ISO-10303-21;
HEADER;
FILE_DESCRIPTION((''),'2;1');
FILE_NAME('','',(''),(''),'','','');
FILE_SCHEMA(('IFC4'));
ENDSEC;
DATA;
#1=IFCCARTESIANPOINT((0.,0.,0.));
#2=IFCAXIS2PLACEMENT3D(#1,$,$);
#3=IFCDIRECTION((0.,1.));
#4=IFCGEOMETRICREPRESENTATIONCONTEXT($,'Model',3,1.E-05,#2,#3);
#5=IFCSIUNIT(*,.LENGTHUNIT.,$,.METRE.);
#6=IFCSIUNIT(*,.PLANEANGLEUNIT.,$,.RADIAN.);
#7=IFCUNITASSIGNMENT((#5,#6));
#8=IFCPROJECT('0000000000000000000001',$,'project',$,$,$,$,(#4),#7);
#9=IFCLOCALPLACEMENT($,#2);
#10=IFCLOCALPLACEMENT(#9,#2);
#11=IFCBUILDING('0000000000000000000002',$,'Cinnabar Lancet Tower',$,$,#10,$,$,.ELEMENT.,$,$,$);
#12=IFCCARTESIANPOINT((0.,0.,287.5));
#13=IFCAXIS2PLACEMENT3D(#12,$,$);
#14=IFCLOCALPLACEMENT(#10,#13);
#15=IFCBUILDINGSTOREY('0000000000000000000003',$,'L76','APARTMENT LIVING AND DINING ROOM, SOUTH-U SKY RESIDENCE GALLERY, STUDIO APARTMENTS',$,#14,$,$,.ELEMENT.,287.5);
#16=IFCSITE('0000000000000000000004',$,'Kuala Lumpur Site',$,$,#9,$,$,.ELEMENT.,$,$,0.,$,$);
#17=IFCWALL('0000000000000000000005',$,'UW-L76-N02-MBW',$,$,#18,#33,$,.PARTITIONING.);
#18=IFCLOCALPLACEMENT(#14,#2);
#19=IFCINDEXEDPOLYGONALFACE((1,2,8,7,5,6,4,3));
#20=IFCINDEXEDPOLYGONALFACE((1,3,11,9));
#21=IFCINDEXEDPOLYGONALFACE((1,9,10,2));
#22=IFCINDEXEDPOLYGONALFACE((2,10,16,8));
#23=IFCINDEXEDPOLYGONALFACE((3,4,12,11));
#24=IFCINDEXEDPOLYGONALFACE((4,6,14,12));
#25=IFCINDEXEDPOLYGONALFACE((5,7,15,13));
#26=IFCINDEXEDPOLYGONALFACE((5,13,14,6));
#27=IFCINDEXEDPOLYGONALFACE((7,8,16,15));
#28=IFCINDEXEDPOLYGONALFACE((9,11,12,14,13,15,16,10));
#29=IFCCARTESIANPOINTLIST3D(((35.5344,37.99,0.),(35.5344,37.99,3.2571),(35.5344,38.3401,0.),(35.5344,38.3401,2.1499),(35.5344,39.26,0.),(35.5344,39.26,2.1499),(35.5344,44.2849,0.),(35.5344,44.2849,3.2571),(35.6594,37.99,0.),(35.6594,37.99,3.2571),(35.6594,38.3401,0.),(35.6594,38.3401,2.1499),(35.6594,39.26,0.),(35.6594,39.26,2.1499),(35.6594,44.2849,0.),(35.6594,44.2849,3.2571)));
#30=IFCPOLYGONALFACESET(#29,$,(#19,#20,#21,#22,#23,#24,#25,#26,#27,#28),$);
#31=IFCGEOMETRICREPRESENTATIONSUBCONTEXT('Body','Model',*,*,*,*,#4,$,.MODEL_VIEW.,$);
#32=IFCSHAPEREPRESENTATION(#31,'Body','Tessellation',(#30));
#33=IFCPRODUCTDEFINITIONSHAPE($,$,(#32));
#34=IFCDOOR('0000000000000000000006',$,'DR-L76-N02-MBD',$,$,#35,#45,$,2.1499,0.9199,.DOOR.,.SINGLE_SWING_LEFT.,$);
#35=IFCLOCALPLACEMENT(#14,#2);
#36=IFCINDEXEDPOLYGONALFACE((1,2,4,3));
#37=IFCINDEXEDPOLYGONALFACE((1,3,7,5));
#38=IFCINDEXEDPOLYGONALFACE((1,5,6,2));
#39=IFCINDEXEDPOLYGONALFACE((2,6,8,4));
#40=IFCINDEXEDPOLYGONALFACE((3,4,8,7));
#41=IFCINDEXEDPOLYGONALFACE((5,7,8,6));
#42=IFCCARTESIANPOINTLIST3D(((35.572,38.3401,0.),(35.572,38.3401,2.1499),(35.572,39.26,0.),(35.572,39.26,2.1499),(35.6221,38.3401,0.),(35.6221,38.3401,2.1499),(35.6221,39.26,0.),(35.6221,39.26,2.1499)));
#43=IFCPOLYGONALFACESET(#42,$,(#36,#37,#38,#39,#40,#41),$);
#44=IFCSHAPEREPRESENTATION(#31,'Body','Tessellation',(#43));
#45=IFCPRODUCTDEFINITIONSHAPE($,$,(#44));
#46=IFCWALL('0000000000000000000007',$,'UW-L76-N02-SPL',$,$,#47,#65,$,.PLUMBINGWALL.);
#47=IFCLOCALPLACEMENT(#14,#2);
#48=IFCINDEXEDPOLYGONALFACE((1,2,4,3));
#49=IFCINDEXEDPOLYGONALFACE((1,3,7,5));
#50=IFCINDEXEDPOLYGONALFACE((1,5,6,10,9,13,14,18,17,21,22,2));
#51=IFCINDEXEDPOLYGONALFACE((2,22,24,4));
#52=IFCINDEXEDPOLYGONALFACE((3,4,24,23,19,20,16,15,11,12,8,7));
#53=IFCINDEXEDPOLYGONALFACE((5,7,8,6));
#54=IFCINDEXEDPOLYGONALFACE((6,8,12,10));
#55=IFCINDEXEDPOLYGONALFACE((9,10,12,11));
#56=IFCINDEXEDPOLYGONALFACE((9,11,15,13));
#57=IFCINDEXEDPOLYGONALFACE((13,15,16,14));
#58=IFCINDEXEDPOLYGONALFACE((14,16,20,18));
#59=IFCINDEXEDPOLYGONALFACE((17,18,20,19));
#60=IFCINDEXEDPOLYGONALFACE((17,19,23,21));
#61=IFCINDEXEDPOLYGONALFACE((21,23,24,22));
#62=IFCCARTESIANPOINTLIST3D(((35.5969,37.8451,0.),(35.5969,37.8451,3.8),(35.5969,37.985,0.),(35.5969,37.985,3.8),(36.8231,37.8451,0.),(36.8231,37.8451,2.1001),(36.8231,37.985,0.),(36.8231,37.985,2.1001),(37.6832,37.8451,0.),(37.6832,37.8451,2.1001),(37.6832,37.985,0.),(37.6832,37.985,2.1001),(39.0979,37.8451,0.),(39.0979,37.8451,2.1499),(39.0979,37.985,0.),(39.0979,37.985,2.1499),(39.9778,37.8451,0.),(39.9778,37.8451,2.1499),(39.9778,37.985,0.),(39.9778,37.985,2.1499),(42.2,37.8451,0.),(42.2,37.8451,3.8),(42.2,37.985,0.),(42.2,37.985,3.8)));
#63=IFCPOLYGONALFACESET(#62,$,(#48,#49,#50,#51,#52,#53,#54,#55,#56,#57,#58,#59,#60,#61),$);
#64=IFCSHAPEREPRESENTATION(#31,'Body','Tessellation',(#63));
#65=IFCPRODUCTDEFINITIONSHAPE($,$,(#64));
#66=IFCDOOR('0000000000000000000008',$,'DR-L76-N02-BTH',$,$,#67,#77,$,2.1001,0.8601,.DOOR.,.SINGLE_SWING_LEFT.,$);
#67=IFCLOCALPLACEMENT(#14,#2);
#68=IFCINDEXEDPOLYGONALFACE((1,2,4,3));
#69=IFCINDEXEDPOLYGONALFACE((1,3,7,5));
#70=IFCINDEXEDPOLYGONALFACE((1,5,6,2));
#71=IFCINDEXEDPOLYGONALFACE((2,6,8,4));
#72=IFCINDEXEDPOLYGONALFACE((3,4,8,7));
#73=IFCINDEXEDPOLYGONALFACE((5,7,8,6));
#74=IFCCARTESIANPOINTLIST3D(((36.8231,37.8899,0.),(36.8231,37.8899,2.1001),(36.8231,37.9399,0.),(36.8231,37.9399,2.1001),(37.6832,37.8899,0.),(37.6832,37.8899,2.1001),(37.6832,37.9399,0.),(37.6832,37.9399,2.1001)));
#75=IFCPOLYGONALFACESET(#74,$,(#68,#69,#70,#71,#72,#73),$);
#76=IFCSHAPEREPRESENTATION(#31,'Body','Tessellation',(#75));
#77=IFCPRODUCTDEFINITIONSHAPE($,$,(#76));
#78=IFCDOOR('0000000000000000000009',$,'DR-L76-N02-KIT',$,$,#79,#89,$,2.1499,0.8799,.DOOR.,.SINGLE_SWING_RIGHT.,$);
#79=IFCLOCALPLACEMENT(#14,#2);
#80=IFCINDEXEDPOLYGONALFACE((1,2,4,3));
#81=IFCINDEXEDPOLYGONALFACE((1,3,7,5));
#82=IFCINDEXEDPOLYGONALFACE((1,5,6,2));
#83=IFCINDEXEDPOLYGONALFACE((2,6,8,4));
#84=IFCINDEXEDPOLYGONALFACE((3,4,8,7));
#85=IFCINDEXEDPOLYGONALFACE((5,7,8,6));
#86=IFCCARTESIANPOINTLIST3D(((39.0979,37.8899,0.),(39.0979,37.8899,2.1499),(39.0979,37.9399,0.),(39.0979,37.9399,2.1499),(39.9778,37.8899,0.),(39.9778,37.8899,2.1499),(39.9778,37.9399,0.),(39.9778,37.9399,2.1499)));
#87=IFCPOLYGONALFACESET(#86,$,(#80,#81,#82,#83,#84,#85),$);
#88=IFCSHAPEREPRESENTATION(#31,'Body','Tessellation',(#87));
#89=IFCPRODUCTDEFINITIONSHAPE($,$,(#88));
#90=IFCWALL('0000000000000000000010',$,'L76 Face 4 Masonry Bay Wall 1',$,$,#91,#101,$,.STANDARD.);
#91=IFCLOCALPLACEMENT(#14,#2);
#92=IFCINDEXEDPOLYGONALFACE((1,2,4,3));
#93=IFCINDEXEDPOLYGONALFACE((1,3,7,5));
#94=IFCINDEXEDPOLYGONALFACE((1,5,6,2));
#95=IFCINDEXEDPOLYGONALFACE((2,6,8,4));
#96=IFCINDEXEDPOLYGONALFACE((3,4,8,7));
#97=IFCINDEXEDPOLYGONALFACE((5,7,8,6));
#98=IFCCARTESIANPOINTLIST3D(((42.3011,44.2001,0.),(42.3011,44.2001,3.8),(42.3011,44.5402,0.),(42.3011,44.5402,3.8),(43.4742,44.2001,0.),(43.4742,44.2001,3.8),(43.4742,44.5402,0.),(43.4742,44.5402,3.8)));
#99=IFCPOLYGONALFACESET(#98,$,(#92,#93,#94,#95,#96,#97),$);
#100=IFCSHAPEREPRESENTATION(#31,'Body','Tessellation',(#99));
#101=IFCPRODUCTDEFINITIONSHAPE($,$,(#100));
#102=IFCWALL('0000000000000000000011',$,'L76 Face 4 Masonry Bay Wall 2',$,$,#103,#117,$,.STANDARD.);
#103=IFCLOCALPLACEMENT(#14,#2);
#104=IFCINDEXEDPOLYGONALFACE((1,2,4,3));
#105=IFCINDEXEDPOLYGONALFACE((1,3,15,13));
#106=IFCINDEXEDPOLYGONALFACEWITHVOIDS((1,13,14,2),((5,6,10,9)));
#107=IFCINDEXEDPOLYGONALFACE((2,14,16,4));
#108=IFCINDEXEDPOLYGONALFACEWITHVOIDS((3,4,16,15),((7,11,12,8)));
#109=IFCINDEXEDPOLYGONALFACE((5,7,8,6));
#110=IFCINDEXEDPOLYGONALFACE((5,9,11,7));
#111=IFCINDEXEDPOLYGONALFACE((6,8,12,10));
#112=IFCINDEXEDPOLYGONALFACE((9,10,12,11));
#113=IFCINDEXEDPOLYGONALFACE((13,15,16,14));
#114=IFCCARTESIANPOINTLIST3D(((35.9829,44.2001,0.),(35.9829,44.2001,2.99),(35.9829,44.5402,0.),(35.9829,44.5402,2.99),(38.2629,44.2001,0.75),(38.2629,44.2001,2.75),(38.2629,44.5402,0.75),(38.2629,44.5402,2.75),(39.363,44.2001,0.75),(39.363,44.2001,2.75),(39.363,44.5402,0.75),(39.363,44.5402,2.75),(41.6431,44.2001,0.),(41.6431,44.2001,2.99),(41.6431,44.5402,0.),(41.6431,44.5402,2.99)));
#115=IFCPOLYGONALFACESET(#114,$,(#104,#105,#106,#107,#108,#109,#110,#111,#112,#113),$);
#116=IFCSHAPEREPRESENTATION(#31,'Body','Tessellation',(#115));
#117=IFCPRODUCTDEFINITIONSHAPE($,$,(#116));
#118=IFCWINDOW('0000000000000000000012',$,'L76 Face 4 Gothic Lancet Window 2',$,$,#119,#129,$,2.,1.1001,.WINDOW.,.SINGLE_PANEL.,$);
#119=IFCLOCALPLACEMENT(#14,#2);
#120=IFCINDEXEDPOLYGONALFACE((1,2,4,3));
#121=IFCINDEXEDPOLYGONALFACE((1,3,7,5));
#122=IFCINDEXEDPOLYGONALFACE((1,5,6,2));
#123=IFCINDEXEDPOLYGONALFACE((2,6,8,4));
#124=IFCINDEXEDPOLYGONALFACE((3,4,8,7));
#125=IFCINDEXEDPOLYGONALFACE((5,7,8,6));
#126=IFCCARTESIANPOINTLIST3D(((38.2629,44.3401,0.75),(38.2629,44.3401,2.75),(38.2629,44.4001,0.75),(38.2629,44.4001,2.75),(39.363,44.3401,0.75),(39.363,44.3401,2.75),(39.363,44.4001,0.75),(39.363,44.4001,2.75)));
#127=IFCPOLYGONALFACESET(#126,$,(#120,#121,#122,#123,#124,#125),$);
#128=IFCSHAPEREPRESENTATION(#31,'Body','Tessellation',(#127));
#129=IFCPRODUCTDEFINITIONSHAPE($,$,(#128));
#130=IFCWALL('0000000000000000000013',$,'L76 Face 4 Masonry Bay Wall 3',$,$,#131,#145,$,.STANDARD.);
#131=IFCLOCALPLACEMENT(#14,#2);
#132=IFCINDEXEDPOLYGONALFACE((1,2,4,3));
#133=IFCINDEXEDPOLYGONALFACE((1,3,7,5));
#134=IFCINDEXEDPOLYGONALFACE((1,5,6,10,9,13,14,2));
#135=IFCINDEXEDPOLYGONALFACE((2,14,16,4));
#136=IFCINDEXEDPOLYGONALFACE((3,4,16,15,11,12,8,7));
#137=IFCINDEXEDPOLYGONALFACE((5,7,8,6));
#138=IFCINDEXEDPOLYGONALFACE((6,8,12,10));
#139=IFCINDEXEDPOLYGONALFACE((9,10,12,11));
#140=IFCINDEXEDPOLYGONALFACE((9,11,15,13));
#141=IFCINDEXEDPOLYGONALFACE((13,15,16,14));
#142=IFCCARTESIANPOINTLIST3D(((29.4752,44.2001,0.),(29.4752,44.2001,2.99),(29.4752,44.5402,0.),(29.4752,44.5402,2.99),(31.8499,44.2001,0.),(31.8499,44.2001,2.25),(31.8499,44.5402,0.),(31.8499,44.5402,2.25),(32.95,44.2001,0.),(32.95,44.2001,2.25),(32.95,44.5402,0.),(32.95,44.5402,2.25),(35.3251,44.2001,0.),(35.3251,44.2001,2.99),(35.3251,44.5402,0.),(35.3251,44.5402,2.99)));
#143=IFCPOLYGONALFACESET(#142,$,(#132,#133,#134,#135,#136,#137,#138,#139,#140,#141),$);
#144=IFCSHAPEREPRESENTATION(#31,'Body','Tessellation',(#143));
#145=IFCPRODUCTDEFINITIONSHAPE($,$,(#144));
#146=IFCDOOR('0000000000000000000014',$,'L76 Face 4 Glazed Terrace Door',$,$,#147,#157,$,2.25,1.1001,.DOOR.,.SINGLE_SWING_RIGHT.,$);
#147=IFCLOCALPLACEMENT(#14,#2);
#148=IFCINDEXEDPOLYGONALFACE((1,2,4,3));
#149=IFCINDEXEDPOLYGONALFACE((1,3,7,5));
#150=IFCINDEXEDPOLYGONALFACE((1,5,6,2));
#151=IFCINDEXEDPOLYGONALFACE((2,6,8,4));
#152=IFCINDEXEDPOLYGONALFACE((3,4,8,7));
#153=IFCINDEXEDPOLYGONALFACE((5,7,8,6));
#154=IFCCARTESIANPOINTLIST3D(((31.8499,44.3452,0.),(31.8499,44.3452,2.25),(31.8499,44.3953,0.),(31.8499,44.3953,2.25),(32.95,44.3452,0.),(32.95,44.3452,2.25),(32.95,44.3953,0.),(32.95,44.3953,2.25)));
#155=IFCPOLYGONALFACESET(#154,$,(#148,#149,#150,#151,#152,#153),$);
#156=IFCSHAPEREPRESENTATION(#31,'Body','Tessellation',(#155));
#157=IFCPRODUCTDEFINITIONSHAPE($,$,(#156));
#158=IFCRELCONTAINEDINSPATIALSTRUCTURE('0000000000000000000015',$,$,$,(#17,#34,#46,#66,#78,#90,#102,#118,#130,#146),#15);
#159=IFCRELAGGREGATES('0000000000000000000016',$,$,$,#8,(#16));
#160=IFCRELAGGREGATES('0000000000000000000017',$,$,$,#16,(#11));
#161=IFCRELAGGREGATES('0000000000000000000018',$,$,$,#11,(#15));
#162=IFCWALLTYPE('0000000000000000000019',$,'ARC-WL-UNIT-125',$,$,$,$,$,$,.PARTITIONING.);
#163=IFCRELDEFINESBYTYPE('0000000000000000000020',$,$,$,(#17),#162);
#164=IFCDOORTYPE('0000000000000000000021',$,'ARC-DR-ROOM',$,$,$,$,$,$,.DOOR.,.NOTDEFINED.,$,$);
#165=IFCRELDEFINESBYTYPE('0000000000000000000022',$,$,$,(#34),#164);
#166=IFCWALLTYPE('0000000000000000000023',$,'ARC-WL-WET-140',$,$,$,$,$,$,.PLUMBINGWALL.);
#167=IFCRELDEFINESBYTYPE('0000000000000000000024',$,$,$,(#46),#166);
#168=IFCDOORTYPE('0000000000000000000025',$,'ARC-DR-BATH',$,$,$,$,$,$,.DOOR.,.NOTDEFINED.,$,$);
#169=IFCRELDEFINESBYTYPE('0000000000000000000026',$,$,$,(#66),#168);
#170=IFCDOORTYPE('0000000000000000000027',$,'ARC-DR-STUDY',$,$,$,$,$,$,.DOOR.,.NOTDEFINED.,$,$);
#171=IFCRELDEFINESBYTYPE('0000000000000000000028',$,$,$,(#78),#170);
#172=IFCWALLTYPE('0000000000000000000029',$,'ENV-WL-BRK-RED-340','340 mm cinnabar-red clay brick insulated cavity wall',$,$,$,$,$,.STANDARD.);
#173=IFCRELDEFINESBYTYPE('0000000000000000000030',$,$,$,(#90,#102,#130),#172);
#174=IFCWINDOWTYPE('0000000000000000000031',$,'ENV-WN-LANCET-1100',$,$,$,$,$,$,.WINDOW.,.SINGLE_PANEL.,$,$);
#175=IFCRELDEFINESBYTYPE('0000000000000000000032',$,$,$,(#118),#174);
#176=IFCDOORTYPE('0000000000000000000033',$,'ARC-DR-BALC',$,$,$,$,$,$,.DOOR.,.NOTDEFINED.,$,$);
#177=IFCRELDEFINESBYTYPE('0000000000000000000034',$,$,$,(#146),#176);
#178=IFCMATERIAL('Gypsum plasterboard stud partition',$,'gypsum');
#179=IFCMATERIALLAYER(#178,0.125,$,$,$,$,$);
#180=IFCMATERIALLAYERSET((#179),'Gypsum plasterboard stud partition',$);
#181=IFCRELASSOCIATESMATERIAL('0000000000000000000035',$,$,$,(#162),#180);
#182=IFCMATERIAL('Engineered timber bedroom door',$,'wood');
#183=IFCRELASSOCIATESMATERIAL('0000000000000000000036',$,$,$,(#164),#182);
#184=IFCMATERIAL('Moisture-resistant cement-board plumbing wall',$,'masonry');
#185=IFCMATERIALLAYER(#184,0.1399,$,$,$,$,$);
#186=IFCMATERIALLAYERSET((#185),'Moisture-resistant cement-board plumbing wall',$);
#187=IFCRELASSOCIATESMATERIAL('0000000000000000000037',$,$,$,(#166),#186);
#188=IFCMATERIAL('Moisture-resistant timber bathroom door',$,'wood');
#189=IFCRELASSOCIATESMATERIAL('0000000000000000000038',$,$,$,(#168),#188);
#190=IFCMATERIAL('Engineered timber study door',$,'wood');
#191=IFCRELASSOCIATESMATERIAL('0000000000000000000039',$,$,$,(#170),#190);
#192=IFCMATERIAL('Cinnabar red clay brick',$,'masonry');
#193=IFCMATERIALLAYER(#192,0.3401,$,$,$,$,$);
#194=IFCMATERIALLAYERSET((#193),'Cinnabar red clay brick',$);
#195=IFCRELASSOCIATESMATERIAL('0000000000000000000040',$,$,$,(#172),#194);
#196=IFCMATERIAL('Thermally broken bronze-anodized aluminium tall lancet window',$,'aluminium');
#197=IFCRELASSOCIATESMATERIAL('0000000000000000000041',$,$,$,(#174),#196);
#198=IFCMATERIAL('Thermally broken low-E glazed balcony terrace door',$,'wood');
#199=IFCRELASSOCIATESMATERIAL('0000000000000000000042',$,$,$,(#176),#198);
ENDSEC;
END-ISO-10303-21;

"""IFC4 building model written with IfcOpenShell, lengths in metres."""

from ifc_helpers import new_model, si_unit, direction, frame, frame_2d, origin, place, context, subcontext, project, spatial, rectangle, extrude, material, layer, layer_set, type_object, element, fill, save


model = new_model("IFC4")

# Units and contexts
model_context = context("Model", 3, precision=1e-05, world=origin(), true_north=direction((0.0, 1.0)))
body_context = subcontext(model_context, "Body", "Model", "MODEL_VIEW")
ifc_project = project(units=[si_unit("LENGTHUNIT", "METRE"), si_unit("PLANEANGLEUNIT", "RADIAN")], contexts=[model_context])

# Site, building, storey
site_placement = place(None, origin())
site = spatial("IfcSite", under=ifc_project, at=site_placement, Name="Kuala Lumpur Site", CompositionType="ELEMENT", RefElevation=0.0)
building_placement = place(site_placement, origin())
building = spatial("IfcBuilding", under=site, at=building_placement, Name="Cinnabar Lancet Tower", CompositionType="ELEMENT")
storey_placement = place(building_placement, frame((0.0, 0.0, 287.5)))
storey = spatial("IfcBuildingStorey", under=building, at=storey_placement, Name="L76", Description="APARTMENT LIVING AND DINING ROOM, SOUTH-U SKY RESIDENCE GALLERY, STUDIO APARTMENTS", CompositionType="ELEMENT", Elevation=287.5)

# Wall, opening, door
ifc_material_1 = material(Name="Gypsum plasterboard stud partition", Category="gypsum")
ifc_layer_1 = layer(ifc_material_1, 0.125)
ifc_layer_set_1 = layer_set([ifc_layer_1], Name="Gypsum plasterboard stud partition")
wall_type_1 = type_object("IfcWallType", Name="ARC-WL-UNIT-125", PredefinedType="PARTITIONING", material=ifc_layer_set_1)
wall_1_placement = place(storey_placement, frame((35.5969, 37.99, 0.0), z_axis=(0.0, 0.0, 1.0), x_axis=(0.0, 1.0, 0.0)))
wall_1 = element("IfcWall", 1, at=wall_1_placement, inside=storey, type_object=wall_type_1, Name="UW-L76-N02-MBW", PredefinedType="PARTITIONING", context=body_context, shape_type="SweptSolid", body=[
    extrude(rectangle(XDim=6.2949, YDim=0.125, at=frame_2d((3.1475, 0.0))), origin(), (0.0, 0.0, 1.0), 3.2571),
])
opening_1_placement = place(wall_1_placement, frame((0.3501, 0.0, 0.0)))
opening_1 = element("IfcOpeningElement", 2, at=opening_1_placement, cuts=wall_1, PredefinedType="OPENING", context=body_context, shape_type="SweptSolid", body=[
    extrude(rectangle(XDim=0.9199, YDim=2.1499, at=frame_2d((0.46, 1.075))), frame((0.0, 0.0725, 0.0), z_axis=(0.0, -1.0, 0.0), x_axis=(1.0, 0.0, 0.0)), (0.0, 0.0, 1.0), 0.145),
])
ifc_material_2 = material(Name="Engineered timber bedroom door", Category="wood")
door_type_1 = type_object("IfcDoorType", Name="ARC-DR-ROOM", OperationType="NOTDEFINED", PredefinedType="DOOR", material=ifc_material_2)
door_1_placement = place(opening_1_placement, origin())
door_1 = element("IfcDoor", 3, at=door_1_placement, inside=storey, type_object=door_type_1, Name="DR-L76-N02-MBD", OperationType="SINGLE_SWING_LEFT", OverallHeight=2.1499, OverallWidth=0.9199, PredefinedType="DOOR", context=body_context, shape_type="SweptSolid", body=[
    extrude(rectangle(XDim=0.9199, YDim=2.1499, at=frame_2d((0.46, 1.075))), frame((0.0, 0.0249, 0.0), z_axis=(0.0, -1.0, 0.0), x_axis=(1.0, 0.0, 0.0)), (0.0, 0.0, 1.0), 0.05),
])
fill(opening_1, door_1)

# Wall, openings, doors
ifc_material_3 = material(Name="Moisture-resistant cement-board plumbing wall", Category="masonry")
ifc_layer_2 = layer(ifc_material_3, 0.1399)
ifc_layer_set_2 = layer_set([ifc_layer_2], Name="Moisture-resistant cement-board plumbing wall")
wall_type_2 = type_object("IfcWallType", Name="ARC-WL-WET-140", PredefinedType="PLUMBINGWALL", material=ifc_layer_set_2)
wall_2_placement = place(storey_placement, frame((35.5969, 37.915, 0.0), z_axis=(0.0, 0.0, 1.0), x_axis=(1.0, 0.0, 0.0)))
wall_2 = element("IfcWall", 4, at=wall_2_placement, inside=storey, type_object=wall_type_2, Name="UW-L76-N02-SPL", PredefinedType="PLUMBINGWALL", context=body_context, shape_type="SweptSolid", body=[
    extrude(rectangle(XDim=6.603, YDim=0.1399, at=frame_2d((3.3015, 0.0))), origin(), (0.0, 0.0, 1.0), 3.8),
])
opening_2_placement = place(wall_2_placement, frame((1.2261, 0.0, 0.0)))
opening_2 = element("IfcOpeningElement", 5, at=opening_2_placement, cuts=wall_2, PredefinedType="OPENING", context=body_context, shape_type="SweptSolid", body=[
    extrude(rectangle(XDim=0.8601, YDim=2.1001, at=frame_2d((0.4302, 1.05))), frame((0.0, 0.0798, 0.0), z_axis=(0.0, -1.0, 0.0), x_axis=(1.0, 0.0, 0.0)), (0.0, 0.0, 1.0), 0.1599),
])
opening_3_placement = place(wall_2_placement, frame((3.501, 0.0, 0.0)))
opening_3 = element("IfcOpeningElement", 6, at=opening_3_placement, cuts=wall_2, PredefinedType="OPENING", context=body_context, shape_type="SweptSolid", body=[
    extrude(rectangle(XDim=0.8799, YDim=2.1499, at=frame_2d((0.4399, 1.075))), frame((0.0, 0.0798, 0.0), z_axis=(0.0, -1.0, 0.0), x_axis=(1.0, 0.0, 0.0)), (0.0, 0.0, 1.0), 0.1599),
])
ifc_material_4 = material(Name="Moisture-resistant timber bathroom door", Category="wood")
door_type_2 = type_object("IfcDoorType", Name="ARC-DR-BATH", OperationType="NOTDEFINED", PredefinedType="DOOR", material=ifc_material_4)
door_2_placement = place(opening_2_placement, origin())
door_2 = element("IfcDoor", 7, at=door_2_placement, inside=storey, type_object=door_type_2, Name="DR-L76-N02-BTH", OperationType="SINGLE_SWING_LEFT", OverallHeight=2.1001, OverallWidth=0.8601, PredefinedType="DOOR", context=body_context, shape_type="SweptSolid", body=[
    extrude(rectangle(XDim=0.8601, YDim=2.1001, at=frame_2d((0.4302, 1.05))), frame((0.0, 0.0249, 0.0), z_axis=(0.0, -1.0, 0.0), x_axis=(1.0, 0.0, 0.0)), (0.0, 0.0, 1.0), 0.05),
])
fill(opening_2, door_2)
ifc_material_5 = material(Name="Engineered timber study door", Category="wood")
door_type_3 = type_object("IfcDoorType", Name="ARC-DR-STUDY", OperationType="NOTDEFINED", PredefinedType="DOOR", material=ifc_material_5)
door_3_placement = place(opening_3_placement, origin())
door_3 = element("IfcDoor", 8, at=door_3_placement, inside=storey, type_object=door_type_3, Name="DR-L76-N02-KIT", OperationType="SINGLE_SWING_RIGHT", OverallHeight=2.1499, OverallWidth=0.8799, PredefinedType="DOOR", context=body_context, shape_type="SweptSolid", body=[
    extrude(rectangle(XDim=0.8799, YDim=2.1499, at=frame_2d((0.4399, 1.075))), frame((0.0, 0.0249, 0.0), z_axis=(0.0, -1.0, 0.0), x_axis=(1.0, 0.0, 0.0)), (0.0, 0.0, 1.0), 0.05),
])
fill(opening_3, door_3)

# Wall
ifc_material_6 = material(Name="Cinnabar red clay brick", Category="masonry")
ifc_layer_3 = layer(ifc_material_6, 0.3401)
ifc_layer_set_3 = layer_set([ifc_layer_3], Name="Cinnabar red clay brick")
wall_type_3 = type_object("IfcWallType", Name="ENV-WL-BRK-RED-340", Description="340 mm cinnabar-red clay brick insulated cavity wall", PredefinedType="STANDARD", material=ifc_layer_set_3)
wall_3_placement = place(storey_placement, frame((43.4741, 44.3701, 0.0), z_axis=(0.0, 0.0, 1.0), x_axis=(-1.0, 0.0, 0.0)))
element("IfcWall", 9, at=wall_3_placement, inside=storey, type_object=wall_type_3, Name="L76 Face 4 Masonry Bay Wall 1", PredefinedType="STANDARD", context=body_context, shape_type="SweptSolid", body=[
    extrude(rectangle(XDim=1.1731, YDim=0.3401, at=frame_2d((0.5864, 0.0))), origin(), (0.0, 0.0, 1.0), 3.8),
])

# Wall, opening, window
wall_4_placement = place(storey_placement, frame((41.6431, 44.3701, 0.0), z_axis=(0.0, 0.0, 1.0), x_axis=(-1.0, 0.0, 0.0)))
wall_4 = element("IfcWall", 10, at=wall_4_placement, inside=storey, type_object=wall_type_3, Name="L76 Face 4 Masonry Bay Wall 2", PredefinedType="STANDARD", context=body_context, shape_type="SweptSolid", body=[
    extrude(rectangle(XDim=5.6602, YDim=0.3401, at=frame_2d((2.8301, 0.0))), origin(), (0.0, 0.0, 1.0), 2.99),
])
opening_4_placement = place(wall_4_placement, frame((2.28, 0.0, 0.75)))
opening_4 = element("IfcOpeningElement", 11, at=opening_4_placement, cuts=wall_4, PredefinedType="OPENING", context=body_context, shape_type="SweptSolid", body=[
    extrude(rectangle(XDim=1.1001, YDim=2.0, at=frame_2d((0.55, 1.0))), frame((0.0, 0.1799, 0.0), z_axis=(0.0, -1.0, 0.0), x_axis=(1.0, 0.0, 0.0)), (0.0, 0.0, 1.0), 0.3601),
])
ifc_material_7 = material(Name="Thermally broken bronze-anodized aluminium tall lancet window", Category="aluminium")
window_type = type_object("IfcWindowType", Name="ENV-WN-LANCET-1100", PartitioningType="SINGLE_PANEL", PredefinedType="WINDOW", material=ifc_material_7)
window_placement = place(opening_4_placement, origin())
window = element("IfcWindow", 12, at=window_placement, inside=storey, type_object=window_type, Name="L76 Face 4 Gothic Lancet Window 2", OverallHeight=2.0, OverallWidth=1.1001, PartitioningType="SINGLE_PANEL", PredefinedType="WINDOW", context=body_context, shape_type="SweptSolid", body=[
    extrude(rectangle(XDim=1.1001, YDim=2.0, at=frame_2d((0.55, 1.0))), frame((0.0, 0.03, 0.0), z_axis=(0.0, -1.0, 0.0), x_axis=(1.0, 0.0, 0.0)), (0.0, 0.0, 1.0), 0.0601),
])
fill(opening_4, window)

# Wall, opening, door
wall_5_placement = place(storey_placement, frame((35.325, 44.3701, 0.0), z_axis=(0.0, 0.0, 1.0), x_axis=(-1.0, 0.0, 0.0)))
wall_5 = element("IfcWall", 13, at=wall_5_placement, inside=storey, type_object=wall_type_3, Name="L76 Face 4 Masonry Bay Wall 3", PredefinedType="STANDARD", context=body_context, shape_type="SweptSolid", body=[
    extrude(rectangle(XDim=5.8499, YDim=0.3401, at=frame_2d((2.9248, 0.0))), origin(), (0.0, 0.0, 1.0), 2.99),
])
opening_5_placement = place(wall_5_placement, frame((2.375, 0.0, 0.0)))
opening_5 = element("IfcOpeningElement", 14, at=opening_5_placement, cuts=wall_5, PredefinedType="OPENING", context=body_context, shape_type="SweptSolid", body=[
    extrude(rectangle(XDim=1.1001, YDim=2.25, at=frame_2d((0.55, 1.125))), frame((0.0, 0.1799, 0.0), z_axis=(0.0, -1.0, 0.0), x_axis=(1.0, 0.0, 0.0)), (0.0, 0.0, 1.0), 0.3601),
])
ifc_material_8 = material(Name="Thermally broken low-E glazed balcony terrace door", Category="wood")
door_type_4 = type_object("IfcDoorType", Name="ARC-DR-BALC", OperationType="NOTDEFINED", PredefinedType="DOOR", material=ifc_material_8)
door_4_placement = place(opening_5_placement, origin())
door_4 = element("IfcDoor", 15, at=door_4_placement, inside=storey, type_object=door_type_4, Name="L76 Face 4 Glazed Terrace Door", OperationType="SINGLE_SWING_RIGHT", OverallHeight=2.25, OverallWidth=1.1001, PredefinedType="DOOR", context=body_context, shape_type="SweptSolid", body=[
    extrude(rectangle(XDim=1.1001, YDim=2.25, at=frame_2d((0.55, 1.125))), frame((0.0, 0.0249, 0.0), z_axis=(0.0, -1.0, 0.0), x_axis=(1.0, 0.0, 0.0)), (0.0, 0.0, 1.0), 0.05),
])
fill(opening_5, door_4)

save(model, "model.ifc")
